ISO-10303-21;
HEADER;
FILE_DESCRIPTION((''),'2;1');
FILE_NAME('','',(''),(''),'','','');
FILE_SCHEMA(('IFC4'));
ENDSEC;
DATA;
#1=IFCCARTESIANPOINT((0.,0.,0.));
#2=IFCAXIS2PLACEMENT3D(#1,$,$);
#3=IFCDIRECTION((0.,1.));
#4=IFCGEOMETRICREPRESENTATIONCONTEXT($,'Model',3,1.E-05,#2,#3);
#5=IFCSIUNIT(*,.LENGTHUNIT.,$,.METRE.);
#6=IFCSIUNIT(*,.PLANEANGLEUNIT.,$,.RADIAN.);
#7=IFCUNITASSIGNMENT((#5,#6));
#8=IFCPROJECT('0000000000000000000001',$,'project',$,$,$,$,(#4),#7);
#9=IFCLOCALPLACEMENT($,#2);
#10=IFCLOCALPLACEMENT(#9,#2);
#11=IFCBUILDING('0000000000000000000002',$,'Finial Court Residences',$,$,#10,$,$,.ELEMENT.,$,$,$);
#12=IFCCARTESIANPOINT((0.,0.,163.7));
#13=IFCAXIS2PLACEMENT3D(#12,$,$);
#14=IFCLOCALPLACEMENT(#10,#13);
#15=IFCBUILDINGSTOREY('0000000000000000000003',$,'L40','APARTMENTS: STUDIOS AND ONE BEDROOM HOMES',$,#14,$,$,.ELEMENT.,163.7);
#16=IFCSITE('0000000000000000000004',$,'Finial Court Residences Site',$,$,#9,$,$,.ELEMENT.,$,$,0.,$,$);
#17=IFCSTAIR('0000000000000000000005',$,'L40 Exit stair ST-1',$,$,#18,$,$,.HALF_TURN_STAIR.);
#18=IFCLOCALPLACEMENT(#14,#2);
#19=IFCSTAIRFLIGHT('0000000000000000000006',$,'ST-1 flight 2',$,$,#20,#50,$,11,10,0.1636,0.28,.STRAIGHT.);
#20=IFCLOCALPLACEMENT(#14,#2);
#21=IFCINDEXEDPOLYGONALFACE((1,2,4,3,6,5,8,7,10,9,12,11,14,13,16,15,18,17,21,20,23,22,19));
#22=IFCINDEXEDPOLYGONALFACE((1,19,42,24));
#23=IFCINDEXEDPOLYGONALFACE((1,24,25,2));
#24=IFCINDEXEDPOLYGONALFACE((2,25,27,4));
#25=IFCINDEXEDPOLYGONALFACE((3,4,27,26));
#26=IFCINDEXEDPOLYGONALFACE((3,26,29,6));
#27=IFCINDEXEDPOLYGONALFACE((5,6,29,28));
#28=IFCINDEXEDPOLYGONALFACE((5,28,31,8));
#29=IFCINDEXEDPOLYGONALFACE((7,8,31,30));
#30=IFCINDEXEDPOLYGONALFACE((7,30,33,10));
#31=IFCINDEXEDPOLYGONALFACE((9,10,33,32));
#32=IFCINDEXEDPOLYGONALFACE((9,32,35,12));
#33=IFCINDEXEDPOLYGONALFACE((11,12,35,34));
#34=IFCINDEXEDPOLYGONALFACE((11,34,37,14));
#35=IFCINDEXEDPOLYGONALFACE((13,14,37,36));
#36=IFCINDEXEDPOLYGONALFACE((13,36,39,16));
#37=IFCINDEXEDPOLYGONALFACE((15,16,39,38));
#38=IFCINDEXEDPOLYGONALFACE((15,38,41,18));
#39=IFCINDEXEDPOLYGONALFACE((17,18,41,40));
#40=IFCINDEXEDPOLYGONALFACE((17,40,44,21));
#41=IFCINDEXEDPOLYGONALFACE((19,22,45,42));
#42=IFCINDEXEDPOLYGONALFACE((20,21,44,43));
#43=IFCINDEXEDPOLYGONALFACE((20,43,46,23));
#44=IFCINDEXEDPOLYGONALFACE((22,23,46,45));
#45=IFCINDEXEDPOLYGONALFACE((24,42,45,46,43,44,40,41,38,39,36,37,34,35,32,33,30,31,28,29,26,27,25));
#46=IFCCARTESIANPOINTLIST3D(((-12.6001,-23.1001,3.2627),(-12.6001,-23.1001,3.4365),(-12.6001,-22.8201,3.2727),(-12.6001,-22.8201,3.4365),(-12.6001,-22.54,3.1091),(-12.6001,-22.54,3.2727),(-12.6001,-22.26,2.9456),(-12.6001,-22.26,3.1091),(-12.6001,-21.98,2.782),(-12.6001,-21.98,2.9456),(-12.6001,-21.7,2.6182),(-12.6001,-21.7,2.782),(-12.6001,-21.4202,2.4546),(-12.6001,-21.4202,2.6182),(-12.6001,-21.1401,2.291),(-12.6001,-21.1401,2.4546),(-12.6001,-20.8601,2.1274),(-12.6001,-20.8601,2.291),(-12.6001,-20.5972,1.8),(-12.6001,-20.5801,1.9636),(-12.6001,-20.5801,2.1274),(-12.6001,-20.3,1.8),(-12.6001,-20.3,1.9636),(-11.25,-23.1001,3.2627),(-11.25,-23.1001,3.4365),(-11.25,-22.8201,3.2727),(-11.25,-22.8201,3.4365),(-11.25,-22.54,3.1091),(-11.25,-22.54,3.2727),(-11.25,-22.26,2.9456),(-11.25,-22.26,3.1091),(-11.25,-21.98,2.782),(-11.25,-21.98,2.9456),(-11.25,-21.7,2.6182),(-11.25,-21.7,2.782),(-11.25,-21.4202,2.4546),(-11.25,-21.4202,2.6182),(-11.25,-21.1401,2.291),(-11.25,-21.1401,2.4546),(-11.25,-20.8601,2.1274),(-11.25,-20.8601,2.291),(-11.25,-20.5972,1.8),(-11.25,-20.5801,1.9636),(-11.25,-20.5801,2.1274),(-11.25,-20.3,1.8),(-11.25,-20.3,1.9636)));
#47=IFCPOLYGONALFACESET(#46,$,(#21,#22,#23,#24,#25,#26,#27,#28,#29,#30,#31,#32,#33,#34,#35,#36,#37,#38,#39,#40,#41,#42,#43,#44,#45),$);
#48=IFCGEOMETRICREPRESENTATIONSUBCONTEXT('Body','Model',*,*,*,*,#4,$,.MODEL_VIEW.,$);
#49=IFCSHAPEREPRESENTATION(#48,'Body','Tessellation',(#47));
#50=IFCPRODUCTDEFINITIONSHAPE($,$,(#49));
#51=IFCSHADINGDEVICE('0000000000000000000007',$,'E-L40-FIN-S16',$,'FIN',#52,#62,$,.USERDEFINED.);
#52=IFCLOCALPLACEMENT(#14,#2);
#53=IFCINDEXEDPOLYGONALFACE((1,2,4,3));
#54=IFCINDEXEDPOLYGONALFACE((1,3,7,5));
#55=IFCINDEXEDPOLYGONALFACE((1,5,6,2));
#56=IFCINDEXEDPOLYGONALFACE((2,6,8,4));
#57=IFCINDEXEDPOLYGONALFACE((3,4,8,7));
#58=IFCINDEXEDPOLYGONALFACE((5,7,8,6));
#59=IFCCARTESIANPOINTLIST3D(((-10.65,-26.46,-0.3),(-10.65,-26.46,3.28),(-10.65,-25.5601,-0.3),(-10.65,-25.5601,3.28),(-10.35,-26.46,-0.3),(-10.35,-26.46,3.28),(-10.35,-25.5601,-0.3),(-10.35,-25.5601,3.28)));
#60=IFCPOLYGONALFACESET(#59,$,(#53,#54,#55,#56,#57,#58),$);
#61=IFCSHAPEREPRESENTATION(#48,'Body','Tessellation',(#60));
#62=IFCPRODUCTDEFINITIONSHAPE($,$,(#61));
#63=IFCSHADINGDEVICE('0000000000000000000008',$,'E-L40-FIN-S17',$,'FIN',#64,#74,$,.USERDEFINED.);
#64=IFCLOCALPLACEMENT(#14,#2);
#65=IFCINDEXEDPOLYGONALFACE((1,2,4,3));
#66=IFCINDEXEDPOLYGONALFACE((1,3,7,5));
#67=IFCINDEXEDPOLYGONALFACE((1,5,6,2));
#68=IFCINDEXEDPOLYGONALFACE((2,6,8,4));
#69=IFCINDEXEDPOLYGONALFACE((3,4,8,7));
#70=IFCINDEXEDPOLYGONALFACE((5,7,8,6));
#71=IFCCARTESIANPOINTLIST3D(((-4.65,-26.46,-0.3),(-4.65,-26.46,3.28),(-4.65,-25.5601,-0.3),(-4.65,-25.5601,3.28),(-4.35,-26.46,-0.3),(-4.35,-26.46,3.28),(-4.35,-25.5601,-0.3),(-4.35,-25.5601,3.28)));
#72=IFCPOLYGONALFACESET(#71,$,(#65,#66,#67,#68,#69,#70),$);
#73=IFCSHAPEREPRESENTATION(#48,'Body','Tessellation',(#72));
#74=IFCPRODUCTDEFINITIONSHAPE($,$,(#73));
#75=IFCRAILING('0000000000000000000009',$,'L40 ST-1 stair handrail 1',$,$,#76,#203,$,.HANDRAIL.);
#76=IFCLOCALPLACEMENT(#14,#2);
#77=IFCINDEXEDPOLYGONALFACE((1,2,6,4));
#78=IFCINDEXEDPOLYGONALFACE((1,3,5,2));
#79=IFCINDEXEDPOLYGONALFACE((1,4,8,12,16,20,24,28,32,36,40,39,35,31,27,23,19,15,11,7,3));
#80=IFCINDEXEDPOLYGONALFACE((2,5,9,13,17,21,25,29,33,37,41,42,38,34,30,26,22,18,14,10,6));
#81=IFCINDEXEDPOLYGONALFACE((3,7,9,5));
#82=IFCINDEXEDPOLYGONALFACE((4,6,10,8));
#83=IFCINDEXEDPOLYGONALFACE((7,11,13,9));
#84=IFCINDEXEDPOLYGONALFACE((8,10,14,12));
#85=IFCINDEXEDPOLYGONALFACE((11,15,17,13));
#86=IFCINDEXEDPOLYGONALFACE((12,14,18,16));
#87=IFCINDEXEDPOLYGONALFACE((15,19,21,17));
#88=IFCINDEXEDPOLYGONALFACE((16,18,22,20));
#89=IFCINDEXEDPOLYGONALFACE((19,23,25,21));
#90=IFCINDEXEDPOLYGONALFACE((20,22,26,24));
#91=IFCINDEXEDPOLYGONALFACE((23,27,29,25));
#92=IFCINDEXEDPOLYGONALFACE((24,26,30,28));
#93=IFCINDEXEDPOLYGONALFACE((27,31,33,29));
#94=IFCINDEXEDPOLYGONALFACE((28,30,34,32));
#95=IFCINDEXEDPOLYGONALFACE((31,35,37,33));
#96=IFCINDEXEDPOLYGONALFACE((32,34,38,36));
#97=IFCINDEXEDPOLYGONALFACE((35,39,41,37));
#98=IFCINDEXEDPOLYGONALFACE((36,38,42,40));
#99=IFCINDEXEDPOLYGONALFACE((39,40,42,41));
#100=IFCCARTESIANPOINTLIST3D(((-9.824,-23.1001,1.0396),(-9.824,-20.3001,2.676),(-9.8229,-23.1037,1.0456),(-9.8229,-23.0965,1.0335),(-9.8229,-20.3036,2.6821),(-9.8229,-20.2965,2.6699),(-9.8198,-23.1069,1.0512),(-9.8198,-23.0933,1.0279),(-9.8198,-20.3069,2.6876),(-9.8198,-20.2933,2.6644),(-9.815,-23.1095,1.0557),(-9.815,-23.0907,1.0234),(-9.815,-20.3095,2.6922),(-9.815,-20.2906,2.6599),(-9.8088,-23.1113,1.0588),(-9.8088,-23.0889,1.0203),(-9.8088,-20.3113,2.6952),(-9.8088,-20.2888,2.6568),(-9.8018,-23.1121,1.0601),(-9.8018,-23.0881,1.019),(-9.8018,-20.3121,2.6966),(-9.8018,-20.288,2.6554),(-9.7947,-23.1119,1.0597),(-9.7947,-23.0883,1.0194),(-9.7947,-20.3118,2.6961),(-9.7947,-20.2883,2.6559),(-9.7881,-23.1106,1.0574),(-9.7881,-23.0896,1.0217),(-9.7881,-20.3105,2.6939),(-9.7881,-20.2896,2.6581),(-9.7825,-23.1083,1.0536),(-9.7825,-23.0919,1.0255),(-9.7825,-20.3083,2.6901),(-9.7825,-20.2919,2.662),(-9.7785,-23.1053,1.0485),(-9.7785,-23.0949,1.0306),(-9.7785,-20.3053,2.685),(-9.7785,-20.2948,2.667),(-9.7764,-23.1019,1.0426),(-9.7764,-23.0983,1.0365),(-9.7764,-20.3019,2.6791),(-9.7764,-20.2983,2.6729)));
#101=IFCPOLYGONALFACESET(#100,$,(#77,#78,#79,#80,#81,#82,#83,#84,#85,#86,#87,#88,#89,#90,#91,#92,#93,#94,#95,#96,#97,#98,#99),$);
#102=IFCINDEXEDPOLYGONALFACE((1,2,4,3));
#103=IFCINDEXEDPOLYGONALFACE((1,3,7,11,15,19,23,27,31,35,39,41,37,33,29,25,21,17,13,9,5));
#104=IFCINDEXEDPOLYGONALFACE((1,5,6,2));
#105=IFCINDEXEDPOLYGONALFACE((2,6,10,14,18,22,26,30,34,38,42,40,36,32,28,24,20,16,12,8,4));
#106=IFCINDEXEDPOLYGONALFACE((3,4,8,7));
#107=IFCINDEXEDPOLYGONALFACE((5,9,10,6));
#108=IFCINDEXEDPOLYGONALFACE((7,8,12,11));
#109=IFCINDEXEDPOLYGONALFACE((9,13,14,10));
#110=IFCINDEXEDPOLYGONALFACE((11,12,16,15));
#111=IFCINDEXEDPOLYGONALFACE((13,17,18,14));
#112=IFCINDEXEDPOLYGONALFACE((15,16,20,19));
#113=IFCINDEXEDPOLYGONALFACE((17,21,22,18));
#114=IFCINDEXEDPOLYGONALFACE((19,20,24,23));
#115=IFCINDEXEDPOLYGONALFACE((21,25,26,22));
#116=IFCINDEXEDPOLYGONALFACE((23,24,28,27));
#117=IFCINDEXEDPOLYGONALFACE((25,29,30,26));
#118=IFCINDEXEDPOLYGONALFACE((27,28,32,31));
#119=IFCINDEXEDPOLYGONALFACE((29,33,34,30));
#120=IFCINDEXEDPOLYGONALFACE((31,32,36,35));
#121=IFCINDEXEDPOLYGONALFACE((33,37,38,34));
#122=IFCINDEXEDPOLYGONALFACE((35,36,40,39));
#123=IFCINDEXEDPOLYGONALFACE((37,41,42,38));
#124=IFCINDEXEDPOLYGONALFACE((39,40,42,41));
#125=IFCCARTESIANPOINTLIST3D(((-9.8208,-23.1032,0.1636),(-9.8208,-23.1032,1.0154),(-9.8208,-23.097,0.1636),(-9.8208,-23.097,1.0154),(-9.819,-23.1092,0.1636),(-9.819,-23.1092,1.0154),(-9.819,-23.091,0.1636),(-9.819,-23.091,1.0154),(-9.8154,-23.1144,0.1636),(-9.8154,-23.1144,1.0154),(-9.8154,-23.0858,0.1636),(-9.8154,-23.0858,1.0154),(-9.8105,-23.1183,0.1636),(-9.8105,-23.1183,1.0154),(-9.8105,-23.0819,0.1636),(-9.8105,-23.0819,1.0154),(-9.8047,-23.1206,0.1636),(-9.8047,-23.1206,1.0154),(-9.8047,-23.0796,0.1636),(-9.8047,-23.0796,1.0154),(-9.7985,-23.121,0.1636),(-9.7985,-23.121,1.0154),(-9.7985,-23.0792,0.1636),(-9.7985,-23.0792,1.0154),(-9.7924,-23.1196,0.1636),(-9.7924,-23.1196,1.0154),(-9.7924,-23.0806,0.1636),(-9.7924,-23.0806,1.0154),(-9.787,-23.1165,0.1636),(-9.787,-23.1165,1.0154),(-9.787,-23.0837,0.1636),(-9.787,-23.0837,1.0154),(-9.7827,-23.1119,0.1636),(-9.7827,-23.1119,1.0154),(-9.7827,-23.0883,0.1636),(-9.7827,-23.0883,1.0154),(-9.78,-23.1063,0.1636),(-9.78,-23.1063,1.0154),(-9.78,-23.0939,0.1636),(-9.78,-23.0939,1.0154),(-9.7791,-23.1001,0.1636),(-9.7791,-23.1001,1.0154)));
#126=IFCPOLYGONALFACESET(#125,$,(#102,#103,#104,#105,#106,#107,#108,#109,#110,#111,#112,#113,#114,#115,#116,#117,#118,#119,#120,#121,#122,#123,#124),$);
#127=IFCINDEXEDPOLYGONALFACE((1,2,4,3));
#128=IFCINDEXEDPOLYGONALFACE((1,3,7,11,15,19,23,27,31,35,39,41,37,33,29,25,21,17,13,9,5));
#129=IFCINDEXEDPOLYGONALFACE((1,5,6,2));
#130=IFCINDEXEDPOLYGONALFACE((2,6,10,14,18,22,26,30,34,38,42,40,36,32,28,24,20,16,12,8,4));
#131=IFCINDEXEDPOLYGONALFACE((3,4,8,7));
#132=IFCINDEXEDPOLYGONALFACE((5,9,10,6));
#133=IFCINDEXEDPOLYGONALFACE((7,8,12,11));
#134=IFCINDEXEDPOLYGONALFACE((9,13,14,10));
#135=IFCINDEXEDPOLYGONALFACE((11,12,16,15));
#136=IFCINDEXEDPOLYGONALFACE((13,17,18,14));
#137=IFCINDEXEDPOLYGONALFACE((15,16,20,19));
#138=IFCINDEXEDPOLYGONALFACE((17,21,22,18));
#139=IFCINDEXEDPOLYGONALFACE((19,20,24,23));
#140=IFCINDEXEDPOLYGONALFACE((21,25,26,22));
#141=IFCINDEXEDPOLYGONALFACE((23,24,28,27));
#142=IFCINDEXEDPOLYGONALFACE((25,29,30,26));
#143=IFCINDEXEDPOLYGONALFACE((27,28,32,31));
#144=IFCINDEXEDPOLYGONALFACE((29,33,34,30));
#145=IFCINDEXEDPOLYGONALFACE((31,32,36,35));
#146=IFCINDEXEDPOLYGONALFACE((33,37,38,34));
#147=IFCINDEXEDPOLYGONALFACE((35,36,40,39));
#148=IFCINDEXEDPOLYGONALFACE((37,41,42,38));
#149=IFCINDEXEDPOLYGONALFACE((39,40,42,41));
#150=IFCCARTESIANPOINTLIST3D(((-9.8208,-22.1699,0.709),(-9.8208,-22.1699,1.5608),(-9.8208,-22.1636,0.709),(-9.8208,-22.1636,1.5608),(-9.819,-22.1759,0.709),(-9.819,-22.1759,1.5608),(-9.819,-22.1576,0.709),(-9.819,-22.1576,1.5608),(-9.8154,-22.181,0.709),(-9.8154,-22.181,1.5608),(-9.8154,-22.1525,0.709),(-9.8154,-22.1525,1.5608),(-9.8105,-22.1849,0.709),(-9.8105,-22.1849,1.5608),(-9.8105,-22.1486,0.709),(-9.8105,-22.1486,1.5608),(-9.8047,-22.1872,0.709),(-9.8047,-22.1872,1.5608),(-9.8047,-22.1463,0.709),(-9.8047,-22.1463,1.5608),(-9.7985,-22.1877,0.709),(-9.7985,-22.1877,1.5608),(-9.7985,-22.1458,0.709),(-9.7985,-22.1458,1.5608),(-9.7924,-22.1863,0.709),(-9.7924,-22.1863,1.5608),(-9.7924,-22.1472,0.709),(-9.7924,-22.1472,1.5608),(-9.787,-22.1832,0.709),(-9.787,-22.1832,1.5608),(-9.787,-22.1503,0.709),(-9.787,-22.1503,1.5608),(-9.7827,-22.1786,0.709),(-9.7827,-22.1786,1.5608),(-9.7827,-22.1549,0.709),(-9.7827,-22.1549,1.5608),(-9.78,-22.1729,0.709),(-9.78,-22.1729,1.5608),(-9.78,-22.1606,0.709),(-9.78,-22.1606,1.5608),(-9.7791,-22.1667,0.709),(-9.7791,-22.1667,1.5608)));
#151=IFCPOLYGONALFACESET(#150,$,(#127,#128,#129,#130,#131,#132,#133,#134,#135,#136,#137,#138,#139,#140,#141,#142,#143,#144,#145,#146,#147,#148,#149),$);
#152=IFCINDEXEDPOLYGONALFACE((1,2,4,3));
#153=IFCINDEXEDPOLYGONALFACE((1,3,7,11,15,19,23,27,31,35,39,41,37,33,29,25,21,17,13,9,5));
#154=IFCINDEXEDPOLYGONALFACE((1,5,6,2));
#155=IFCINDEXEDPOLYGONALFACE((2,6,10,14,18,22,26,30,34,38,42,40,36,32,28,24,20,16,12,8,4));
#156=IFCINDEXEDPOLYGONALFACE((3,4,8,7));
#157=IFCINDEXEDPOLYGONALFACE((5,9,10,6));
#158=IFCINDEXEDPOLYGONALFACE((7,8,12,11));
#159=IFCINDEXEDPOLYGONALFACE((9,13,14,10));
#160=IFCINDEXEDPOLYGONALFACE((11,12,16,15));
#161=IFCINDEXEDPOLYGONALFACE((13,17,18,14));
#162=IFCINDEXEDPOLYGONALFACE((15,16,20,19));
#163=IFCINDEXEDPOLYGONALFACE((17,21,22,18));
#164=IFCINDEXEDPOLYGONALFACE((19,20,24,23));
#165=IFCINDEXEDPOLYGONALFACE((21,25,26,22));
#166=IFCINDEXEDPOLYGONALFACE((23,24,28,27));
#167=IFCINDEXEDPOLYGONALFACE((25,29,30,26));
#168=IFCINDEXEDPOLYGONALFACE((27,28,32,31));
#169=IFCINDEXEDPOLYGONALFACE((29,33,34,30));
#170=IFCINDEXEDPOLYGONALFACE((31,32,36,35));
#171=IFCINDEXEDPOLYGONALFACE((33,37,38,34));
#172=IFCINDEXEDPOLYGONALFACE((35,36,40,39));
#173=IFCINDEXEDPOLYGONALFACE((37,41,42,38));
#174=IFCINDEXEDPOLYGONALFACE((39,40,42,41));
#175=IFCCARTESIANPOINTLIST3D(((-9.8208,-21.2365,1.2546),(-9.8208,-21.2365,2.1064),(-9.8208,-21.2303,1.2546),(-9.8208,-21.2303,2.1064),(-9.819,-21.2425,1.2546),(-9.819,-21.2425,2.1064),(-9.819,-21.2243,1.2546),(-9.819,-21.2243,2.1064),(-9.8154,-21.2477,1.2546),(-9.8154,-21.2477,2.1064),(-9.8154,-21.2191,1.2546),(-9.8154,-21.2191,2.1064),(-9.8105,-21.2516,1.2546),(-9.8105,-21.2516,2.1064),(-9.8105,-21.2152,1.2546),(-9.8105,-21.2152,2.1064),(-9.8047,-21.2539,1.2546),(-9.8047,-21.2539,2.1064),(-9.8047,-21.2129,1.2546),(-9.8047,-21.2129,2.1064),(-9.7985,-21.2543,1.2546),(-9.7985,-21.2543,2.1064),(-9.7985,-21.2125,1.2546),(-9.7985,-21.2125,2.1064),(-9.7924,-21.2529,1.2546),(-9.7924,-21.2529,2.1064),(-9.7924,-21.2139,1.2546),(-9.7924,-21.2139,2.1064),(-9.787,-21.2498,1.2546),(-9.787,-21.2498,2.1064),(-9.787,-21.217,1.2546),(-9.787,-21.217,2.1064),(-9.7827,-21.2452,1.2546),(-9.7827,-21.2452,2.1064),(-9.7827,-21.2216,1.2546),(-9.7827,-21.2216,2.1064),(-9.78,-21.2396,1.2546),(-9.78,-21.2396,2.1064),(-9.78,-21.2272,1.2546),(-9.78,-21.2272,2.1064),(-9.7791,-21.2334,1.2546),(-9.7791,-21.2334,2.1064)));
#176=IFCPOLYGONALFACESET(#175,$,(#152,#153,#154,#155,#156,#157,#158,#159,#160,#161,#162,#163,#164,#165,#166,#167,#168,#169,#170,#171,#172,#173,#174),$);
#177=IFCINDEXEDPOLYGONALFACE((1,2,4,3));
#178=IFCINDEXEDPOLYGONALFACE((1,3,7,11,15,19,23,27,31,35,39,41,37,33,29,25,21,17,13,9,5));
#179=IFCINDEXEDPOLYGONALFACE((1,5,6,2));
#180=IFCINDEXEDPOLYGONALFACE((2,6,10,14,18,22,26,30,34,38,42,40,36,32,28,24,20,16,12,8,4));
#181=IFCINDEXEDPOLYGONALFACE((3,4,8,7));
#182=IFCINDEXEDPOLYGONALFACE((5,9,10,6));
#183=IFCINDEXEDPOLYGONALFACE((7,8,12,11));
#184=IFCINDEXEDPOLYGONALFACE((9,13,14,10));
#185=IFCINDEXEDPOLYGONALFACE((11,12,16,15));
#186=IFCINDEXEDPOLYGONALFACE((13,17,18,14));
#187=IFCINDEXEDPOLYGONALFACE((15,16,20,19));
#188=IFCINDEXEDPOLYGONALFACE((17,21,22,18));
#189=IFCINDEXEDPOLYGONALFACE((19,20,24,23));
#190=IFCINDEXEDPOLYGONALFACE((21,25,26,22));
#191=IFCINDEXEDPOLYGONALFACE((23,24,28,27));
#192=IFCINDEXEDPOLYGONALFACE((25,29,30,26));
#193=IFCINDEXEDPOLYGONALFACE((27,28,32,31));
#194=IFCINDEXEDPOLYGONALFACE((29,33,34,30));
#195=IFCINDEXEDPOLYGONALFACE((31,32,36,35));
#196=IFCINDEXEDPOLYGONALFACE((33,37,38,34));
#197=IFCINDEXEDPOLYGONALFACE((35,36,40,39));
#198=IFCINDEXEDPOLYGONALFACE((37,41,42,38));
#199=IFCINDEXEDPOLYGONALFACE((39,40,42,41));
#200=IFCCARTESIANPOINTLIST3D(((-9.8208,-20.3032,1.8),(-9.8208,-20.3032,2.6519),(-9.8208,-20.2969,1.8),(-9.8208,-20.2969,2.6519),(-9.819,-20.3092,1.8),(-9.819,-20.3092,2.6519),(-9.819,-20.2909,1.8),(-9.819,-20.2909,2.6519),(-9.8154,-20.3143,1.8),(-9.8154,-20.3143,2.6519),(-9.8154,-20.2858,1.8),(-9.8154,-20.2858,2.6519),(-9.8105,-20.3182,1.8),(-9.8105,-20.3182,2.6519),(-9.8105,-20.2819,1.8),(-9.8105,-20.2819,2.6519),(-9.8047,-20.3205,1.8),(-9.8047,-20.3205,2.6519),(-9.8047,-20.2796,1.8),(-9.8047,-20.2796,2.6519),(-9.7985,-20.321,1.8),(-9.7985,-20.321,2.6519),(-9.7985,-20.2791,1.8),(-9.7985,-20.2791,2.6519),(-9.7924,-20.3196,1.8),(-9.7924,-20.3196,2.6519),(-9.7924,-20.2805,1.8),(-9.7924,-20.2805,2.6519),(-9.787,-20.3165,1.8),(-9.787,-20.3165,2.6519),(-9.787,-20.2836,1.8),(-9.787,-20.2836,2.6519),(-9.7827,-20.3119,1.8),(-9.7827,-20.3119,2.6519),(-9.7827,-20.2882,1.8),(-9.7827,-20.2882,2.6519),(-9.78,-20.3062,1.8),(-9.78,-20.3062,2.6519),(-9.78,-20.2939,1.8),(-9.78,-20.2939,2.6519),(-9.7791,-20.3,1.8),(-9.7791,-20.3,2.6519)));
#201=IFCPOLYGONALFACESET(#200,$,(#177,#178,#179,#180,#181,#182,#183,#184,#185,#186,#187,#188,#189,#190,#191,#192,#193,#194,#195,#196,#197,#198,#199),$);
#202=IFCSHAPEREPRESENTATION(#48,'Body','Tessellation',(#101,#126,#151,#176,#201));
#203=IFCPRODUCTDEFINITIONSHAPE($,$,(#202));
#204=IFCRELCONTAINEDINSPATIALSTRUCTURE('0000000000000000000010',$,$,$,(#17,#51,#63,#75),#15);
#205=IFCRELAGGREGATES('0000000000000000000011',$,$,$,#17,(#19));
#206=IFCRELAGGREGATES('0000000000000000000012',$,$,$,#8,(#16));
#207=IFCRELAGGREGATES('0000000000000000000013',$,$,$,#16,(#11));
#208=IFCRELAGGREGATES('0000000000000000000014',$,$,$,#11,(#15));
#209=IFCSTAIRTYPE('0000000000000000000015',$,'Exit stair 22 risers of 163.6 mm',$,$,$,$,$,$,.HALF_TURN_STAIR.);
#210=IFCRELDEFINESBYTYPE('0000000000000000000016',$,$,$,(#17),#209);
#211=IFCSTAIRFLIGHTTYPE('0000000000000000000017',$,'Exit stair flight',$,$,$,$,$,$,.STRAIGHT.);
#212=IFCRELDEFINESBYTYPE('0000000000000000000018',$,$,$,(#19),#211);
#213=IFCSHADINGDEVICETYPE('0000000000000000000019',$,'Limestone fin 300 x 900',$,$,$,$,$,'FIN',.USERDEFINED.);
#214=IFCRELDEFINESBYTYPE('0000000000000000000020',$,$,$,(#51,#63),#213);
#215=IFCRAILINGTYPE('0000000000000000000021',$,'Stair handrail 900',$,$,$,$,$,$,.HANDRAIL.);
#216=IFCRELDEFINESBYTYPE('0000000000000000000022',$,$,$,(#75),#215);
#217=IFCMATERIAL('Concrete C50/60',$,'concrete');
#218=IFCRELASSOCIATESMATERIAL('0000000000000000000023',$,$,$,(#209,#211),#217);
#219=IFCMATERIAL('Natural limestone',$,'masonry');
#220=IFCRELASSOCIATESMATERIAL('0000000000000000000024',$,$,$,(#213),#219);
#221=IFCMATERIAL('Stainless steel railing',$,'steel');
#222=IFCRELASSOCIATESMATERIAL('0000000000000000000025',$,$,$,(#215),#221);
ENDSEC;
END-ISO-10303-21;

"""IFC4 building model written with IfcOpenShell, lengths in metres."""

from ifc_helpers import new_model, si_unit, direction, frame, origin, origin_2d, place, context, subcontext, project, spatial, polyline, rectangle, circle, outline, extrude, material, type_object, element, aggregate, save


model = new_model("IFC4")

# Units and contexts
model_context = context("Model", 3, precision=1e-05, world=origin(), true_north=direction((0.0, 1.0)))
body_context = subcontext(model_context, "Body", "Model", "MODEL_VIEW")
ifc_project = project(units=[si_unit("LENGTHUNIT", "METRE"), si_unit("PLANEANGLEUNIT", "RADIAN")], contexts=[model_context])

# Site, building, storey
site_placement = place(None, origin())
site = spatial("IfcSite", under=ifc_project, at=site_placement, Name="Finial Court Residences Site", CompositionType="ELEMENT", RefElevation=0.0)
building_placement = place(site_placement, origin())
building = spatial("IfcBuilding", under=site, at=building_placement, Name="Finial Court Residences", CompositionType="ELEMENT")
storey_placement = place(building_placement, frame((0.0, 0.0, 163.7)))
storey = spatial("IfcBuildingStorey", under=building, at=storey_placement, Name="L40", Description="APARTMENTS: STUDIOS AND ONE BEDROOM HOMES", CompositionType="ELEMENT", Elevation=163.7)

# Stair, stair flight
ifc_material_1 = material(Name="Concrete C50/60", Category="concrete")
stair_type = type_object("IfcStairType", Name="Exit stair 22 risers of 163.6 mm", PredefinedType="HALF_TURN_STAIR", material=ifc_material_1)
stair_placement = place(storey_placement, origin())
stair = element("IfcStair", 1, at=stair_placement, inside=storey, type_object=stair_type, Name="L40 Exit stair ST-1", PredefinedType="HALF_TURN_STAIR")
stair_flight_type = type_object("IfcStairFlightType", Name="Exit stair flight", PredefinedType="STRAIGHT", material=ifc_material_1)
stair_flight_1_placement = place(storey_placement, frame((-11.925, -20.3, 1.8), z_axis=(0.0, 0.0, 1.0), x_axis=(0.0, -1.0, 0.0)))
stair_flight_1 = element("IfcStairFlight", 2, at=stair_flight_1_placement, type_object=stair_flight_type, Name="ST-1 flight 2", NumberOfRisers=11, NumberOfTreads=10, PredefinedType="STRAIGHT", RiserHeight=0.1636, TreadLength=0.28, context=body_context, shape_type="SweptSolid", body=[
    extrude(outline(polyline([(0.0, 0.0), (0.0, 0.1636), (0.28, 0.1636), (0.28, 0.3274), (0.5601, 0.3274), (0.5601, 0.491), (0.8401, 0.491), (0.8401, 0.6545), (1.1201, 0.6545), (1.1201, 0.8181), (1.3999, 0.8181), (1.3999, 0.9819), (1.6799, 0.9819), (1.6799, 1.1455), (1.96, 1.1455), (1.96, 1.3091), (2.24, 1.3091), (2.24, 1.4727), (2.52, 1.4727), (2.52, 1.6365), (2.8, 1.6365), (2.8, 1.8), (2.8, 1.4626), (0.2971, 0.0), (0.0, 0.0)])), frame((0.0, 0.675, 0.0), z_axis=(0.0, -1.0, 0.0), x_axis=(1.0, 0.0, 0.0)), (0.0, 0.0, 1.0), 1.3501),
])
aggregate(stair, [stair_flight_1])

# Shading devices
ifc_material_2 = material(Name="Natural limestone", Category="masonry")
shading_device_type = type_object("IfcShadingDeviceType", Name="Limestone fin 300 x 900", ElementType="FIN", PredefinedType="USERDEFINED", material=ifc_material_2)
for number, where, z_axis, x_axis, name in (
    (3, (-10.5, -26.01, -0.3), (0.0, 0.0, 1.0), (1.0, 0.0, 0.0), "E-L40-FIN-S16"),
    (4, (-4.5, -26.01, -0.3), (0.0, 0.0, 1.0), (1.0, 0.0, 0.0), "E-L40-FIN-S17"),
):
    element("IfcShadingDevice", number, at=place(storey_placement, frame(where, z_axis=z_axis, x_axis=x_axis)), inside=storey, type_object=shading_device_type, Name=name, ObjectType="FIN", PredefinedType="USERDEFINED", context=body_context, shape_type="SweptSolid", body=[
        extrude(rectangle(XDim=0.3, YDim=0.8999, at=origin_2d()), origin(), (0.0, 0.0, 1.0), 3.5801),
    ])

# Railing
ifc_material_3 = material(Name="Stainless steel railing", Category="steel")
railing_type_1 = type_object("IfcRailingType", Name="Stair handrail 900", PredefinedType="HANDRAIL", material=ifc_material_3)
railing_1_placement = place(storey_placement, frame((-9.8, -23.1001, 0.1636)))
element("IfcRailing", 5, at=railing_1_placement, inside=storey, type_object=railing_type_1, Name="L40 ST-1 stair handrail 1", PredefinedType="HANDRAIL", context=body_context, shape_type="SweptSolid", body=[
    extrude(circle(Radius=0.0239, at=origin_2d()), frame((0.0, 0.0, 0.876), z_axis=(0.0, 0.863361, 0.504587), x_axis=(-1.0, 0.0, 0.0)), (0.0, 0.0, 1.0), 3.2432),
    extrude(circle(Radius=0.021, at=origin_2d()), origin(), (0.0, 0.0, 1.0), 0.8518),
    extrude(circle(Radius=0.021, at=origin_2d()), frame((0.0, 0.9333, 0.5454)), (0.0, 0.0, 1.0), 0.8518),
    extrude(circle(Radius=0.021, at=origin_2d()), frame((0.0, 1.8667, 1.0911)), (0.0, 0.0, 1.0), 0.8518),
    extrude(circle(Radius=0.021, at=origin_2d()), frame((0.0, 2.8, 1.6365)), (0.0, 0.0, 1.0), 0.8518),
])

save(model, "model.ifc")
